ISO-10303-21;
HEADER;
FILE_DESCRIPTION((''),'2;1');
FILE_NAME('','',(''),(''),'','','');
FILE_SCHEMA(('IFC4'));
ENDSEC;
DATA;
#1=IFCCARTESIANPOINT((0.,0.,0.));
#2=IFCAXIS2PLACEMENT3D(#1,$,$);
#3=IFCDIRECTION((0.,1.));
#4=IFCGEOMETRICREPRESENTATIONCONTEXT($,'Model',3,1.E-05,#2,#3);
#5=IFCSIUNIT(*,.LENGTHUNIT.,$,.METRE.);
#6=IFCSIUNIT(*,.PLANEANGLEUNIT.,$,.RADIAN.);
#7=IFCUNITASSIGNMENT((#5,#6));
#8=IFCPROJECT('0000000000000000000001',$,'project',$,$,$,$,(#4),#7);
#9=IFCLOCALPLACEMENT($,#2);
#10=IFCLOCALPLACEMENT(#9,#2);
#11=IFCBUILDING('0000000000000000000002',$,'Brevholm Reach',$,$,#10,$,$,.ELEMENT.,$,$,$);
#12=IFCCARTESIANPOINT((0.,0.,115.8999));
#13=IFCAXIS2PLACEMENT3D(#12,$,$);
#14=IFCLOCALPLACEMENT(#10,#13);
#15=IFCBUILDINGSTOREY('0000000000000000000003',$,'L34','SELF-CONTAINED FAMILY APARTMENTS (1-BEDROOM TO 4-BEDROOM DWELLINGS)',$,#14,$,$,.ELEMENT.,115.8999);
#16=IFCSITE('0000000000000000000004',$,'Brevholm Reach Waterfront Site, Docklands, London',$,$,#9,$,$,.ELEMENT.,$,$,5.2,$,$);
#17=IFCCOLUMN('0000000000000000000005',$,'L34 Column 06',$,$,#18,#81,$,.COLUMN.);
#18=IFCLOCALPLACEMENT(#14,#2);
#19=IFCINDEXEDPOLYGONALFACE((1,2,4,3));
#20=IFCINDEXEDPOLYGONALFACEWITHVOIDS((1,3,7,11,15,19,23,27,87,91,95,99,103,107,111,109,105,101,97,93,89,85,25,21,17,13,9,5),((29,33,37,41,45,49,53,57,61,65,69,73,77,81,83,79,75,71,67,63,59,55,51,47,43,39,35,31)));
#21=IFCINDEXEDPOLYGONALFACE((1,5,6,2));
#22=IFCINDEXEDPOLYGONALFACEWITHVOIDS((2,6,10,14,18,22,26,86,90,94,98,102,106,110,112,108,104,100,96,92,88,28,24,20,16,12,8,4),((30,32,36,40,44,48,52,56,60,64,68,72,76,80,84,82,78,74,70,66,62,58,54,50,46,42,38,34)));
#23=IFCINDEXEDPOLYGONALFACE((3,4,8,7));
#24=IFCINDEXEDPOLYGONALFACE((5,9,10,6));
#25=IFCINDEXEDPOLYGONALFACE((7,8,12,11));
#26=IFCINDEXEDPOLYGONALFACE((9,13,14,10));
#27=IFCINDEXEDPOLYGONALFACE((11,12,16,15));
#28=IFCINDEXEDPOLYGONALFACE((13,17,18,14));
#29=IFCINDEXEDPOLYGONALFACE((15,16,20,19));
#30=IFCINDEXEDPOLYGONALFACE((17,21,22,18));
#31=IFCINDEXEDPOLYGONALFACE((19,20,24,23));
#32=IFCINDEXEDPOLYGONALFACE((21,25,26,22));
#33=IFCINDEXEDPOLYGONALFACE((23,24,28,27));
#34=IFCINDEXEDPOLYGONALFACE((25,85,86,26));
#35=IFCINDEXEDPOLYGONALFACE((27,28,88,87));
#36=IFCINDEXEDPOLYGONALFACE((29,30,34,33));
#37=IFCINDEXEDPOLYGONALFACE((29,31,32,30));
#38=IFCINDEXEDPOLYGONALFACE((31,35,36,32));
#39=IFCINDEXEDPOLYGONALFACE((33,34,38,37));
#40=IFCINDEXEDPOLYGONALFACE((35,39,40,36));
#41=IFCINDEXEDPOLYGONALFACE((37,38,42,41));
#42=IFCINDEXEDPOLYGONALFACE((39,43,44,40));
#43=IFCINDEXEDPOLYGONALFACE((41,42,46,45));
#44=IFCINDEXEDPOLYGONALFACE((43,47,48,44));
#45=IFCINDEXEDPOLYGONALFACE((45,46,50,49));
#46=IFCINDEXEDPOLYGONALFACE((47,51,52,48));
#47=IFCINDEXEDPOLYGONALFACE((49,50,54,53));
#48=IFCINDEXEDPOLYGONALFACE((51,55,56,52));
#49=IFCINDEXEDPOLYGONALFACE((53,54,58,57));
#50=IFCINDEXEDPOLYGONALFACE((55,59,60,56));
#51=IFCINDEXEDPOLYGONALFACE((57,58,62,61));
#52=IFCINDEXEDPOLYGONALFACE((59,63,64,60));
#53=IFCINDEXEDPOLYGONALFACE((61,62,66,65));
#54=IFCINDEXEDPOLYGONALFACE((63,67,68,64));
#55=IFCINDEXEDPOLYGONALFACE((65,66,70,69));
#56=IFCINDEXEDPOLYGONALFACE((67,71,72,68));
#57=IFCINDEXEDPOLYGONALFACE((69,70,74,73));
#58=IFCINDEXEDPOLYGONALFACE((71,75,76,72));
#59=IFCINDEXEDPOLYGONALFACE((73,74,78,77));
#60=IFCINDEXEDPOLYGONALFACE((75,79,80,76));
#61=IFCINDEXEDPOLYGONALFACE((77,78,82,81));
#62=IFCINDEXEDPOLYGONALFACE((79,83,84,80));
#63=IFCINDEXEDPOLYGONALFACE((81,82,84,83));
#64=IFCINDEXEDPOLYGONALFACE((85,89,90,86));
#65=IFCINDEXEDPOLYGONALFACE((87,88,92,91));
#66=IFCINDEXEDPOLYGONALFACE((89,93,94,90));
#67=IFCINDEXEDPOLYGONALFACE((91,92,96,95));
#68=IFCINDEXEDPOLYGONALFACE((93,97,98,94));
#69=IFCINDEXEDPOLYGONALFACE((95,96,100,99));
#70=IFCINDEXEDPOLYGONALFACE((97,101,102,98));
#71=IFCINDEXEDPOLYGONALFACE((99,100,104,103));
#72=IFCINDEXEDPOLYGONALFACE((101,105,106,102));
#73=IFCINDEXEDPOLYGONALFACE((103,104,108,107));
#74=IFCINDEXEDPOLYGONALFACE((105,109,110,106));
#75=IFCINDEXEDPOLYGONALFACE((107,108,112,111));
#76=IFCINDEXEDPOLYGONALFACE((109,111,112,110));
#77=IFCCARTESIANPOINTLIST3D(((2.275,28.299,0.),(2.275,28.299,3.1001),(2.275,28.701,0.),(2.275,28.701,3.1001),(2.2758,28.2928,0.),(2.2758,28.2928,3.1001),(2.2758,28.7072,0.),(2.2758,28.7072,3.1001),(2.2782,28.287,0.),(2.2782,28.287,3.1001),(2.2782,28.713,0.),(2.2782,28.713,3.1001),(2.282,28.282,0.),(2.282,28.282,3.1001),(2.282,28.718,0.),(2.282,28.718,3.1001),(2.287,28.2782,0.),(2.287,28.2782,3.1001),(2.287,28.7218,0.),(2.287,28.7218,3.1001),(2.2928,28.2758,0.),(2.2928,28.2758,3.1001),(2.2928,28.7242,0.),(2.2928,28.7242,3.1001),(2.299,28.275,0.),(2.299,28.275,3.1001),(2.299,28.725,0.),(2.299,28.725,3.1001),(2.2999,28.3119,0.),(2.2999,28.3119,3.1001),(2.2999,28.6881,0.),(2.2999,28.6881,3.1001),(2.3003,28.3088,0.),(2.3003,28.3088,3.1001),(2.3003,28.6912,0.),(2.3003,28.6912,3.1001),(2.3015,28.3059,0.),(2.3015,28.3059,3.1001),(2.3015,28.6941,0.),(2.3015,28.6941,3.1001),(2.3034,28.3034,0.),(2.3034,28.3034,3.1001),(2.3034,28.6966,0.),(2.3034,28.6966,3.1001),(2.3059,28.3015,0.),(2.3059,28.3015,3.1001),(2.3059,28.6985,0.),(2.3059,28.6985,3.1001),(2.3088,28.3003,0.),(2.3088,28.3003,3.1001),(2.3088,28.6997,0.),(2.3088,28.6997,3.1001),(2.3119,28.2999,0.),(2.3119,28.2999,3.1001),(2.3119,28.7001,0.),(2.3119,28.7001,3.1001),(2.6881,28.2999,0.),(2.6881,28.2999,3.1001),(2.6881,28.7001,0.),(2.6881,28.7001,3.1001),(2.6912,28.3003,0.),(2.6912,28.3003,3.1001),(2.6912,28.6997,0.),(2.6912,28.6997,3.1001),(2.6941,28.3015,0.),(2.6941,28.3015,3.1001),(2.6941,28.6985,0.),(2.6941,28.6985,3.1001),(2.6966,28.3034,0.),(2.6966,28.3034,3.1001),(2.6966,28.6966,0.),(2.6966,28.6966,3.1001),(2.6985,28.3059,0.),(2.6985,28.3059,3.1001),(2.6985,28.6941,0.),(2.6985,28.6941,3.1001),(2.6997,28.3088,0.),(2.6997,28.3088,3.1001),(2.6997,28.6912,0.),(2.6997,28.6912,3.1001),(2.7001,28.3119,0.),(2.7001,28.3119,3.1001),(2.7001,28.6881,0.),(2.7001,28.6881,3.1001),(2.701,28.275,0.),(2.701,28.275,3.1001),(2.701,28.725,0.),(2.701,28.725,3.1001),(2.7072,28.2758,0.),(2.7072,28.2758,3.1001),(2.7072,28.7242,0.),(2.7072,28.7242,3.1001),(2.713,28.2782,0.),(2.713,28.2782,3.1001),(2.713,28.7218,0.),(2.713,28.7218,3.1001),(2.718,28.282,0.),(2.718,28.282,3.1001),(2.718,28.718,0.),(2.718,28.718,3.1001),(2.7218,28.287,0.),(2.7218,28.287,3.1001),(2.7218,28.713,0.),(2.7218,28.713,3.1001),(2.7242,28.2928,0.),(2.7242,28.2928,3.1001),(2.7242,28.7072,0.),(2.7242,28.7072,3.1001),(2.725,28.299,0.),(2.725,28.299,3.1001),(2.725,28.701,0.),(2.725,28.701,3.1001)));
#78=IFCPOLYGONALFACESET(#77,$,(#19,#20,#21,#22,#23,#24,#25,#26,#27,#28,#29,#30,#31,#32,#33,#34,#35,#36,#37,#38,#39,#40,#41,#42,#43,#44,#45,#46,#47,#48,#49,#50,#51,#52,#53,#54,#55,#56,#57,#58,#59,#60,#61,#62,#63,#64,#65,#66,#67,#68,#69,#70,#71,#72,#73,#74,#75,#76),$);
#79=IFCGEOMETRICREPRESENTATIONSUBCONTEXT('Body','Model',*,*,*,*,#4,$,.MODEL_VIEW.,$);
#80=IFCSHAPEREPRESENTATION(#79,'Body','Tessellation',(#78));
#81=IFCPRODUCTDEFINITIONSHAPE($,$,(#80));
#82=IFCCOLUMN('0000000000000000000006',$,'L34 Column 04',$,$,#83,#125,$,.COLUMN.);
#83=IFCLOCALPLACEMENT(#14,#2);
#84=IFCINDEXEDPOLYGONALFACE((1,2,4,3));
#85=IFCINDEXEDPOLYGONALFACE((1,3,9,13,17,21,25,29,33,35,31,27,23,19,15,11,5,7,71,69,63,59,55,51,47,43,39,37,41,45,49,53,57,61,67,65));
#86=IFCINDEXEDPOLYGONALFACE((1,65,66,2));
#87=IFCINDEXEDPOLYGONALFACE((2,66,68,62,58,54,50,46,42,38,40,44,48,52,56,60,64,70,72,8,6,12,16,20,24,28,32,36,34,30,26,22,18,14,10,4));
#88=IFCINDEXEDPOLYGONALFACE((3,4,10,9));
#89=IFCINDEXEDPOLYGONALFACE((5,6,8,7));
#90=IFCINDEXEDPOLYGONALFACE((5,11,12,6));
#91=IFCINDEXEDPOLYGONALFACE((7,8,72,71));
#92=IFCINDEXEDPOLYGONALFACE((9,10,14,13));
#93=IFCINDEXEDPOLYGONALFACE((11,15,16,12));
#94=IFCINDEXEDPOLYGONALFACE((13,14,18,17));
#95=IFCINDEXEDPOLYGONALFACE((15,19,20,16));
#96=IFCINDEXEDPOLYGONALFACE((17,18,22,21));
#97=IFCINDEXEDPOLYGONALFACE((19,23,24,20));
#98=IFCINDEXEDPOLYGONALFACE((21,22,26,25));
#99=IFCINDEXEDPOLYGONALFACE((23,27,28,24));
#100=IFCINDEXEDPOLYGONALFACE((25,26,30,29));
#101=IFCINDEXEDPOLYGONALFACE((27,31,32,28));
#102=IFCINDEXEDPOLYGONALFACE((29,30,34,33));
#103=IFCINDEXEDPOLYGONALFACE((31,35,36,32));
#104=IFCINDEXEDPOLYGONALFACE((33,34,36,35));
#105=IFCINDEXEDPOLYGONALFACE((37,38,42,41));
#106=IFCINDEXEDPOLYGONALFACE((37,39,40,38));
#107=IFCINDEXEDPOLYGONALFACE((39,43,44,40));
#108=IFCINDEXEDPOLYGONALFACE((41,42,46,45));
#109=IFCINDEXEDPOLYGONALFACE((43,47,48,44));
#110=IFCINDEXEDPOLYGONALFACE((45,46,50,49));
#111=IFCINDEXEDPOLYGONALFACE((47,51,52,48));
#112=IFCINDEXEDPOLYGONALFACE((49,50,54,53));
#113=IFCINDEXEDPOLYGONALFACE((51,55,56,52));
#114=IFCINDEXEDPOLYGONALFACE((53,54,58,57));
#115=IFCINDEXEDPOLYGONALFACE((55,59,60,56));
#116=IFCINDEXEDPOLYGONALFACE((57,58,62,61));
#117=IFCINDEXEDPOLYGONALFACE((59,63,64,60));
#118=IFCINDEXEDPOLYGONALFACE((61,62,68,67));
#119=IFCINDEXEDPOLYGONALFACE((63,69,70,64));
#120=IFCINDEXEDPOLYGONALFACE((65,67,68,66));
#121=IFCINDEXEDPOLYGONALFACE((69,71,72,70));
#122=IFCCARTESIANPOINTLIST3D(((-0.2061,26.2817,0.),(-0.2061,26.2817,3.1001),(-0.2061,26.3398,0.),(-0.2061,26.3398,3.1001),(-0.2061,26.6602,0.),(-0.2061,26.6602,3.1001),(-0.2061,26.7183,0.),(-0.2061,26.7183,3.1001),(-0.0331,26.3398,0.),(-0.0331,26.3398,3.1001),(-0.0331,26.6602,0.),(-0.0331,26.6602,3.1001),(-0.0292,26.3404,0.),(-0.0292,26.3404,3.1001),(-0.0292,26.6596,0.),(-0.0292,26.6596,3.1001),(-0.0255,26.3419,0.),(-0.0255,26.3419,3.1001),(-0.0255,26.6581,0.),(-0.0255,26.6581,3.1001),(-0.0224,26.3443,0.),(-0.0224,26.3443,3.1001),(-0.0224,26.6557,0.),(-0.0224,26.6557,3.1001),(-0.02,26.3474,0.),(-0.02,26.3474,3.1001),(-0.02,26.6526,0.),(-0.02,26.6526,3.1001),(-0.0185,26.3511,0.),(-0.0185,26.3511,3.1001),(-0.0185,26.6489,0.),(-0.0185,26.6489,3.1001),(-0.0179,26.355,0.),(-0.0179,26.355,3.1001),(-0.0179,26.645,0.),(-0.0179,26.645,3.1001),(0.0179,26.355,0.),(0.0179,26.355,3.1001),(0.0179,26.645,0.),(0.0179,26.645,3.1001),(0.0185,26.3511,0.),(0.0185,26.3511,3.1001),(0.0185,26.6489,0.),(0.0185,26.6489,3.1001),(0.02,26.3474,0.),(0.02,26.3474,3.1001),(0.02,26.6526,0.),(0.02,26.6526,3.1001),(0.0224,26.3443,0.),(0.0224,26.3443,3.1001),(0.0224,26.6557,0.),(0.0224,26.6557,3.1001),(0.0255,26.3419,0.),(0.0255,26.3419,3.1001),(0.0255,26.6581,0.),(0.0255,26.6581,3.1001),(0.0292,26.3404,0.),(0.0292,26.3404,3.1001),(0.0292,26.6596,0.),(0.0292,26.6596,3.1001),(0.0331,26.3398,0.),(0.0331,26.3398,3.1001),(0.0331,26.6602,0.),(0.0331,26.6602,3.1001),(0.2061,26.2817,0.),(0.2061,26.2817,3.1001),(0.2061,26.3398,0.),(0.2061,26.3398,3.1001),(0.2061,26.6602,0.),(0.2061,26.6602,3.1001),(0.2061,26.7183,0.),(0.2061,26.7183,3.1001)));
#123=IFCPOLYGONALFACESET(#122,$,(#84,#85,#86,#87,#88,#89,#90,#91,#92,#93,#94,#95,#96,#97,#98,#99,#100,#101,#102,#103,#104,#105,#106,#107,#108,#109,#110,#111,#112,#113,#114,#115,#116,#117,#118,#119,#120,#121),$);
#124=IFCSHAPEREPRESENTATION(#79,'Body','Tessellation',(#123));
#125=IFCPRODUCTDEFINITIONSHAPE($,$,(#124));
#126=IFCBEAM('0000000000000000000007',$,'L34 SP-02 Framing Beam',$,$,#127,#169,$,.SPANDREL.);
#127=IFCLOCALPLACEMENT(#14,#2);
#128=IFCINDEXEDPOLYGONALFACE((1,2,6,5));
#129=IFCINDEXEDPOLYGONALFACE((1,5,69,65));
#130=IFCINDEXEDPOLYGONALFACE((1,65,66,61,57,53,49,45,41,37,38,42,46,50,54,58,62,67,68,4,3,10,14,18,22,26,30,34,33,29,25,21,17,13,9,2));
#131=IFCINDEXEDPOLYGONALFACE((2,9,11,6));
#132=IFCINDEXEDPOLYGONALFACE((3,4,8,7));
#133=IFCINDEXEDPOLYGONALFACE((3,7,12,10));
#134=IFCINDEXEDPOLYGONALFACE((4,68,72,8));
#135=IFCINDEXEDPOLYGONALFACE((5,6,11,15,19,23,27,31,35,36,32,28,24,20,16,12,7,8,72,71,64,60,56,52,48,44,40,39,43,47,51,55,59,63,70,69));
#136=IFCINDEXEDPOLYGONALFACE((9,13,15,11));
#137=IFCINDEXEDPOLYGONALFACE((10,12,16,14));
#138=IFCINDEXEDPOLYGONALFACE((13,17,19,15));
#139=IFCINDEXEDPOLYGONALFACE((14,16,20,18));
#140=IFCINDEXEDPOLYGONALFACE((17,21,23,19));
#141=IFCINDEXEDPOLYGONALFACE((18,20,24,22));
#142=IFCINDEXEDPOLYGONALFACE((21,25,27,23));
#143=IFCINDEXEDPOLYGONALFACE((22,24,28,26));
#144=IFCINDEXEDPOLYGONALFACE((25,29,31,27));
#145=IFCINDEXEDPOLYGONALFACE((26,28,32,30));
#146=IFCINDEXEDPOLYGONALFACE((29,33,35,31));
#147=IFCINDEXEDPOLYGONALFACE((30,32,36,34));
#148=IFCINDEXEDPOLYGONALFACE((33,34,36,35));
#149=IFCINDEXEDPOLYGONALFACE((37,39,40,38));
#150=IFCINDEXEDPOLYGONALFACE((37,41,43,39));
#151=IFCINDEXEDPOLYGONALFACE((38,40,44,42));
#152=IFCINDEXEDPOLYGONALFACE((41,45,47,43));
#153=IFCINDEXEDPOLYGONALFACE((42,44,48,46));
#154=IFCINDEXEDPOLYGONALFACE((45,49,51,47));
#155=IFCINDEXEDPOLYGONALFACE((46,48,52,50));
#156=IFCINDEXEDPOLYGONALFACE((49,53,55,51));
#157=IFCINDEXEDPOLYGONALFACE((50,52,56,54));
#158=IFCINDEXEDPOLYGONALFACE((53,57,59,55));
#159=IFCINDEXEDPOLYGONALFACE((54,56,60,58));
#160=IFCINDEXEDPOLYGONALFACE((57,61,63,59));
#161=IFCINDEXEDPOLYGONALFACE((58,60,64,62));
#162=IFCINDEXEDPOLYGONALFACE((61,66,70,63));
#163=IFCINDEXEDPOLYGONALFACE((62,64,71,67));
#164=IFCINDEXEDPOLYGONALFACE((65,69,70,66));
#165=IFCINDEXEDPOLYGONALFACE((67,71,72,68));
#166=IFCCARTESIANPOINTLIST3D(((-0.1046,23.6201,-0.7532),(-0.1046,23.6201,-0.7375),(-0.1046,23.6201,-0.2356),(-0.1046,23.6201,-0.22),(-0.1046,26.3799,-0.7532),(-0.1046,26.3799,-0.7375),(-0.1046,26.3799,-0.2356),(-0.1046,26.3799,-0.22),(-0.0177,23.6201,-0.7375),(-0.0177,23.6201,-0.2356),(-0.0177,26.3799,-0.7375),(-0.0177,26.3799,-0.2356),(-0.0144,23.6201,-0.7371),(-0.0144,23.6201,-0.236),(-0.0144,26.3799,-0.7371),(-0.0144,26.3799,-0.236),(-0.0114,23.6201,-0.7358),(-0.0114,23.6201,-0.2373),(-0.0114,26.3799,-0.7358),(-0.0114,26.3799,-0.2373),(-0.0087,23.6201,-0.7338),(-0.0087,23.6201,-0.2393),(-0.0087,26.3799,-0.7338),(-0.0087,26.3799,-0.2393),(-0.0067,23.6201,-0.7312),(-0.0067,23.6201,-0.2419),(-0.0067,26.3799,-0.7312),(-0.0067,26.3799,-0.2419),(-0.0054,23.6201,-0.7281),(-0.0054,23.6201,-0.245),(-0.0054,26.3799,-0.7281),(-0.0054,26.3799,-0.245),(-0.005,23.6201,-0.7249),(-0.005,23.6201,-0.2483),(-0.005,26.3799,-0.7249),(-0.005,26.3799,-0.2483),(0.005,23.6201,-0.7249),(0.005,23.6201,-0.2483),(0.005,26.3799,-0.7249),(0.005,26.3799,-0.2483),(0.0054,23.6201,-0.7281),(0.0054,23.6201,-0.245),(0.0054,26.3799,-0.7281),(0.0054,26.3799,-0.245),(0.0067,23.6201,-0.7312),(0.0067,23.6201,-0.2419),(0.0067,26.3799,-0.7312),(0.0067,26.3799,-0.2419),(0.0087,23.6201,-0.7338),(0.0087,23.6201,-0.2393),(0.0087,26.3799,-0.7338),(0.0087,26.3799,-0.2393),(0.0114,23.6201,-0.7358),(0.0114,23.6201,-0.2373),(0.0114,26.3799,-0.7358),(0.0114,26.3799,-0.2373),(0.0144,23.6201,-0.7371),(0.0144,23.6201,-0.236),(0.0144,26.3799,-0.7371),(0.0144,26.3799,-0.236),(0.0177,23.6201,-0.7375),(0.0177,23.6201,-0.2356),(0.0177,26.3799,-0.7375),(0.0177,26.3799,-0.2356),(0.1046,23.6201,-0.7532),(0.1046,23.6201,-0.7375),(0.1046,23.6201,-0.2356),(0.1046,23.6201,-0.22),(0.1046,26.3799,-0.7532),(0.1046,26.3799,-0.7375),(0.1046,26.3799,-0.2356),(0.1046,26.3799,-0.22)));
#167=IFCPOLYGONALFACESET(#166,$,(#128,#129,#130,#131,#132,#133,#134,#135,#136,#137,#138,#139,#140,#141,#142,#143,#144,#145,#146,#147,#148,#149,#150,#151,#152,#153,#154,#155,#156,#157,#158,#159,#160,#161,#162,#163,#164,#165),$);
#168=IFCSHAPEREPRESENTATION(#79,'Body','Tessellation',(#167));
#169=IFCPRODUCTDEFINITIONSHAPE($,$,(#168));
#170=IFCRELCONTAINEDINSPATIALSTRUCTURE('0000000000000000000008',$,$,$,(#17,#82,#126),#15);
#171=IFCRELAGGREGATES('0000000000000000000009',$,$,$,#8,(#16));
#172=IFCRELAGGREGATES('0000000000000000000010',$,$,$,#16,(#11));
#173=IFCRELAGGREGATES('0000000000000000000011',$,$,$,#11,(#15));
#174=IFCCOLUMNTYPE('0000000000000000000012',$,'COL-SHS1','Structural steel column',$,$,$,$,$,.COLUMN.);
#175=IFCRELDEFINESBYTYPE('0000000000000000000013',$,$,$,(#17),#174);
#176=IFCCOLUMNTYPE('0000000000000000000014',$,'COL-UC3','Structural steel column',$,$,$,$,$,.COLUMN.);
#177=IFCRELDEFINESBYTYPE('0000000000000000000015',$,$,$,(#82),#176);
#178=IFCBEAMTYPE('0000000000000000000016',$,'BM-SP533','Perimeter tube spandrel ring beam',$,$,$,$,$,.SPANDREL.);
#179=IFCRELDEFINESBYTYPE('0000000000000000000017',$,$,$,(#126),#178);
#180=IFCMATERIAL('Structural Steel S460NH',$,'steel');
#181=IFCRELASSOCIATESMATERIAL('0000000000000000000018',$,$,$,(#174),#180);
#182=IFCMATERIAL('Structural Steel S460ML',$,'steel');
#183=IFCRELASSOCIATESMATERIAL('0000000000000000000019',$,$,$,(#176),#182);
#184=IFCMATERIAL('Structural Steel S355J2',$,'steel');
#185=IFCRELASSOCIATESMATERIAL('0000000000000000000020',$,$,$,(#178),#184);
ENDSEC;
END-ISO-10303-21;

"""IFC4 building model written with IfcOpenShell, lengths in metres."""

from ifc_helpers import new_model, si_unit, direction, frame, origin, origin_2d, place, context, subcontext, project, spatial, hollow_rectangle, i_section, extrude, material, material_profile, profile_set, type_object, element, save


model = new_model("IFC4")

# Units and contexts
model_context = context("Model", 3, precision=1e-05, world=origin(), true_north=direction((0.0, 1.0)))
body_context = subcontext(model_context, "Body", "Model", "MODEL_VIEW")
ifc_project = project(units=[si_unit("LENGTHUNIT", "METRE"), si_unit("PLANEANGLEUNIT", "RADIAN")], contexts=[model_context])

# Site, building, storey
site_placement = place(None, origin())
site = spatial("IfcSite", under=ifc_project, at=site_placement, Name="Brevholm Reach Waterfront Site, Docklands, London", CompositionType="ELEMENT", RefElevation=5.2)
building_placement = place(site_placement, origin())
building = spatial("IfcBuilding", under=site, at=building_placement, Name="Brevholm Reach", CompositionType="ELEMENT")
storey_placement = place(building_placement, frame((0.0, 0.0, 115.8999)))
storey = spatial("IfcBuildingStorey", under=building, at=storey_placement, Name="L34", Description="SELF-CONTAINED FAMILY APARTMENTS (1-BEDROOM TO 4-BEDROOM DWELLINGS)", CompositionType="ELEMENT", Elevation=115.8999)

# Columns
ifc_material_1 = material(Name="Structural Steel S460NH", Category="steel")
ifc_material_profile_1 = material_profile(ifc_material_1, hollow_rectangle(XDim=0.45, YDim=0.45, WallThickness=0.0249, InnerFilletRadius=0.012, OuterFilletRadius=0.0239, at=origin_2d()), Name="SHS 450x450x25")
ifc_profile_set_1 = profile_set([ifc_material_profile_1], Name="Structural Steel S460NH")
column_type_1 = type_object("IfcColumnType", Name="COL-SHS1", Description="Structural steel column", PredefinedType="COLUMN", material=ifc_profile_set_1)
column_1_placement = place(storey_placement, frame((2.5, 28.5, 0.0), z_axis=(0.0, 0.0, 1.0), x_axis=(1.0, 0.0, 0.0)))
element("IfcColumn", 1, at=column_1_placement, inside=storey, type_object=column_type_1, Name="L34 Column 06", PredefinedType="COLUMN", context=body_context, shape_type="SweptSolid", body=[
    extrude(hollow_rectangle(XDim=0.45, YDim=0.45, WallThickness=0.0249, InnerFilletRadius=0.012, OuterFilletRadius=0.0239, at=origin_2d()), origin(), (0.0, 0.0, 1.0), 3.1001),
])
ifc_material_2 = material(Name="Structural Steel S460ML", Category="steel")
ifc_material_profile_2 = material_profile(ifc_material_2, i_section(OverallWidth=0.4121, OverallDepth=0.4365, WebThickness=0.0359, FlangeThickness=0.0581, FilletRadius=0.0151, at=origin_2d()), Name="UKC 356x406x467")
ifc_profile_set_2 = profile_set([ifc_material_profile_2], Name="Structural Steel S460ML")
column_type_2 = type_object("IfcColumnType", Name="COL-UC3", Description="Structural steel column", PredefinedType="COLUMN", material=ifc_profile_set_2)
column_2_placement = place(storey_placement, frame((0.0, 26.5, 0.0), z_axis=(0.0, 0.0, 1.0), x_axis=(1.0, 0.0, 0.0)))
element("IfcColumn", 2, at=column_2_placement, inside=storey, type_object=column_type_2, Name="L34 Column 04", PredefinedType="COLUMN", context=body_context, shape_type="SweptSolid", body=[
    extrude(i_section(OverallWidth=0.4121, OverallDepth=0.4365, WebThickness=0.0359, FlangeThickness=0.0581, FilletRadius=0.0151, at=origin_2d()), origin(), (0.0, 0.0, 1.0), 3.1001),
])

# Beam
ifc_material_3 = material(Name="Structural Steel S355J2", Category="steel")
ifc_material_profile_3 = material_profile(ifc_material_3, i_section(OverallWidth=0.2092, OverallDepth=0.5332, WebThickness=0.01, FlangeThickness=0.0156, FilletRadius=0.0127, at=origin_2d()), Name="UKB 533x210x92")
ifc_profile_set_3 = profile_set([ifc_material_profile_3], Name="Structural Steel S355J2")
beam_type_1 = type_object("IfcBeamType", Name="BM-SP533", Description="Perimeter tube spandrel ring beam", PredefinedType="SPANDREL", material=ifc_profile_set_3)
beam_1_placement = place(storey_placement, frame((0.0, 23.6201, -0.4866), z_axis=(0.0, 1.0, 0.0), x_axis=(-1.0, 0.0, 0.0)))
element("IfcBeam", 3, at=beam_1_placement, inside=storey, type_object=beam_type_1, Name="L34 SP-02 Framing Beam", PredefinedType="SPANDREL", context=body_context, shape_type="SweptSolid", body=[
    extrude(i_section(OverallWidth=0.2092, OverallDepth=0.5332, WebThickness=0.01, FlangeThickness=0.0156, FilletRadius=0.0127, at=origin_2d()), origin(), (0.0, 0.0, 1.0), 2.7598),
])

save(model, "model.ifc")
